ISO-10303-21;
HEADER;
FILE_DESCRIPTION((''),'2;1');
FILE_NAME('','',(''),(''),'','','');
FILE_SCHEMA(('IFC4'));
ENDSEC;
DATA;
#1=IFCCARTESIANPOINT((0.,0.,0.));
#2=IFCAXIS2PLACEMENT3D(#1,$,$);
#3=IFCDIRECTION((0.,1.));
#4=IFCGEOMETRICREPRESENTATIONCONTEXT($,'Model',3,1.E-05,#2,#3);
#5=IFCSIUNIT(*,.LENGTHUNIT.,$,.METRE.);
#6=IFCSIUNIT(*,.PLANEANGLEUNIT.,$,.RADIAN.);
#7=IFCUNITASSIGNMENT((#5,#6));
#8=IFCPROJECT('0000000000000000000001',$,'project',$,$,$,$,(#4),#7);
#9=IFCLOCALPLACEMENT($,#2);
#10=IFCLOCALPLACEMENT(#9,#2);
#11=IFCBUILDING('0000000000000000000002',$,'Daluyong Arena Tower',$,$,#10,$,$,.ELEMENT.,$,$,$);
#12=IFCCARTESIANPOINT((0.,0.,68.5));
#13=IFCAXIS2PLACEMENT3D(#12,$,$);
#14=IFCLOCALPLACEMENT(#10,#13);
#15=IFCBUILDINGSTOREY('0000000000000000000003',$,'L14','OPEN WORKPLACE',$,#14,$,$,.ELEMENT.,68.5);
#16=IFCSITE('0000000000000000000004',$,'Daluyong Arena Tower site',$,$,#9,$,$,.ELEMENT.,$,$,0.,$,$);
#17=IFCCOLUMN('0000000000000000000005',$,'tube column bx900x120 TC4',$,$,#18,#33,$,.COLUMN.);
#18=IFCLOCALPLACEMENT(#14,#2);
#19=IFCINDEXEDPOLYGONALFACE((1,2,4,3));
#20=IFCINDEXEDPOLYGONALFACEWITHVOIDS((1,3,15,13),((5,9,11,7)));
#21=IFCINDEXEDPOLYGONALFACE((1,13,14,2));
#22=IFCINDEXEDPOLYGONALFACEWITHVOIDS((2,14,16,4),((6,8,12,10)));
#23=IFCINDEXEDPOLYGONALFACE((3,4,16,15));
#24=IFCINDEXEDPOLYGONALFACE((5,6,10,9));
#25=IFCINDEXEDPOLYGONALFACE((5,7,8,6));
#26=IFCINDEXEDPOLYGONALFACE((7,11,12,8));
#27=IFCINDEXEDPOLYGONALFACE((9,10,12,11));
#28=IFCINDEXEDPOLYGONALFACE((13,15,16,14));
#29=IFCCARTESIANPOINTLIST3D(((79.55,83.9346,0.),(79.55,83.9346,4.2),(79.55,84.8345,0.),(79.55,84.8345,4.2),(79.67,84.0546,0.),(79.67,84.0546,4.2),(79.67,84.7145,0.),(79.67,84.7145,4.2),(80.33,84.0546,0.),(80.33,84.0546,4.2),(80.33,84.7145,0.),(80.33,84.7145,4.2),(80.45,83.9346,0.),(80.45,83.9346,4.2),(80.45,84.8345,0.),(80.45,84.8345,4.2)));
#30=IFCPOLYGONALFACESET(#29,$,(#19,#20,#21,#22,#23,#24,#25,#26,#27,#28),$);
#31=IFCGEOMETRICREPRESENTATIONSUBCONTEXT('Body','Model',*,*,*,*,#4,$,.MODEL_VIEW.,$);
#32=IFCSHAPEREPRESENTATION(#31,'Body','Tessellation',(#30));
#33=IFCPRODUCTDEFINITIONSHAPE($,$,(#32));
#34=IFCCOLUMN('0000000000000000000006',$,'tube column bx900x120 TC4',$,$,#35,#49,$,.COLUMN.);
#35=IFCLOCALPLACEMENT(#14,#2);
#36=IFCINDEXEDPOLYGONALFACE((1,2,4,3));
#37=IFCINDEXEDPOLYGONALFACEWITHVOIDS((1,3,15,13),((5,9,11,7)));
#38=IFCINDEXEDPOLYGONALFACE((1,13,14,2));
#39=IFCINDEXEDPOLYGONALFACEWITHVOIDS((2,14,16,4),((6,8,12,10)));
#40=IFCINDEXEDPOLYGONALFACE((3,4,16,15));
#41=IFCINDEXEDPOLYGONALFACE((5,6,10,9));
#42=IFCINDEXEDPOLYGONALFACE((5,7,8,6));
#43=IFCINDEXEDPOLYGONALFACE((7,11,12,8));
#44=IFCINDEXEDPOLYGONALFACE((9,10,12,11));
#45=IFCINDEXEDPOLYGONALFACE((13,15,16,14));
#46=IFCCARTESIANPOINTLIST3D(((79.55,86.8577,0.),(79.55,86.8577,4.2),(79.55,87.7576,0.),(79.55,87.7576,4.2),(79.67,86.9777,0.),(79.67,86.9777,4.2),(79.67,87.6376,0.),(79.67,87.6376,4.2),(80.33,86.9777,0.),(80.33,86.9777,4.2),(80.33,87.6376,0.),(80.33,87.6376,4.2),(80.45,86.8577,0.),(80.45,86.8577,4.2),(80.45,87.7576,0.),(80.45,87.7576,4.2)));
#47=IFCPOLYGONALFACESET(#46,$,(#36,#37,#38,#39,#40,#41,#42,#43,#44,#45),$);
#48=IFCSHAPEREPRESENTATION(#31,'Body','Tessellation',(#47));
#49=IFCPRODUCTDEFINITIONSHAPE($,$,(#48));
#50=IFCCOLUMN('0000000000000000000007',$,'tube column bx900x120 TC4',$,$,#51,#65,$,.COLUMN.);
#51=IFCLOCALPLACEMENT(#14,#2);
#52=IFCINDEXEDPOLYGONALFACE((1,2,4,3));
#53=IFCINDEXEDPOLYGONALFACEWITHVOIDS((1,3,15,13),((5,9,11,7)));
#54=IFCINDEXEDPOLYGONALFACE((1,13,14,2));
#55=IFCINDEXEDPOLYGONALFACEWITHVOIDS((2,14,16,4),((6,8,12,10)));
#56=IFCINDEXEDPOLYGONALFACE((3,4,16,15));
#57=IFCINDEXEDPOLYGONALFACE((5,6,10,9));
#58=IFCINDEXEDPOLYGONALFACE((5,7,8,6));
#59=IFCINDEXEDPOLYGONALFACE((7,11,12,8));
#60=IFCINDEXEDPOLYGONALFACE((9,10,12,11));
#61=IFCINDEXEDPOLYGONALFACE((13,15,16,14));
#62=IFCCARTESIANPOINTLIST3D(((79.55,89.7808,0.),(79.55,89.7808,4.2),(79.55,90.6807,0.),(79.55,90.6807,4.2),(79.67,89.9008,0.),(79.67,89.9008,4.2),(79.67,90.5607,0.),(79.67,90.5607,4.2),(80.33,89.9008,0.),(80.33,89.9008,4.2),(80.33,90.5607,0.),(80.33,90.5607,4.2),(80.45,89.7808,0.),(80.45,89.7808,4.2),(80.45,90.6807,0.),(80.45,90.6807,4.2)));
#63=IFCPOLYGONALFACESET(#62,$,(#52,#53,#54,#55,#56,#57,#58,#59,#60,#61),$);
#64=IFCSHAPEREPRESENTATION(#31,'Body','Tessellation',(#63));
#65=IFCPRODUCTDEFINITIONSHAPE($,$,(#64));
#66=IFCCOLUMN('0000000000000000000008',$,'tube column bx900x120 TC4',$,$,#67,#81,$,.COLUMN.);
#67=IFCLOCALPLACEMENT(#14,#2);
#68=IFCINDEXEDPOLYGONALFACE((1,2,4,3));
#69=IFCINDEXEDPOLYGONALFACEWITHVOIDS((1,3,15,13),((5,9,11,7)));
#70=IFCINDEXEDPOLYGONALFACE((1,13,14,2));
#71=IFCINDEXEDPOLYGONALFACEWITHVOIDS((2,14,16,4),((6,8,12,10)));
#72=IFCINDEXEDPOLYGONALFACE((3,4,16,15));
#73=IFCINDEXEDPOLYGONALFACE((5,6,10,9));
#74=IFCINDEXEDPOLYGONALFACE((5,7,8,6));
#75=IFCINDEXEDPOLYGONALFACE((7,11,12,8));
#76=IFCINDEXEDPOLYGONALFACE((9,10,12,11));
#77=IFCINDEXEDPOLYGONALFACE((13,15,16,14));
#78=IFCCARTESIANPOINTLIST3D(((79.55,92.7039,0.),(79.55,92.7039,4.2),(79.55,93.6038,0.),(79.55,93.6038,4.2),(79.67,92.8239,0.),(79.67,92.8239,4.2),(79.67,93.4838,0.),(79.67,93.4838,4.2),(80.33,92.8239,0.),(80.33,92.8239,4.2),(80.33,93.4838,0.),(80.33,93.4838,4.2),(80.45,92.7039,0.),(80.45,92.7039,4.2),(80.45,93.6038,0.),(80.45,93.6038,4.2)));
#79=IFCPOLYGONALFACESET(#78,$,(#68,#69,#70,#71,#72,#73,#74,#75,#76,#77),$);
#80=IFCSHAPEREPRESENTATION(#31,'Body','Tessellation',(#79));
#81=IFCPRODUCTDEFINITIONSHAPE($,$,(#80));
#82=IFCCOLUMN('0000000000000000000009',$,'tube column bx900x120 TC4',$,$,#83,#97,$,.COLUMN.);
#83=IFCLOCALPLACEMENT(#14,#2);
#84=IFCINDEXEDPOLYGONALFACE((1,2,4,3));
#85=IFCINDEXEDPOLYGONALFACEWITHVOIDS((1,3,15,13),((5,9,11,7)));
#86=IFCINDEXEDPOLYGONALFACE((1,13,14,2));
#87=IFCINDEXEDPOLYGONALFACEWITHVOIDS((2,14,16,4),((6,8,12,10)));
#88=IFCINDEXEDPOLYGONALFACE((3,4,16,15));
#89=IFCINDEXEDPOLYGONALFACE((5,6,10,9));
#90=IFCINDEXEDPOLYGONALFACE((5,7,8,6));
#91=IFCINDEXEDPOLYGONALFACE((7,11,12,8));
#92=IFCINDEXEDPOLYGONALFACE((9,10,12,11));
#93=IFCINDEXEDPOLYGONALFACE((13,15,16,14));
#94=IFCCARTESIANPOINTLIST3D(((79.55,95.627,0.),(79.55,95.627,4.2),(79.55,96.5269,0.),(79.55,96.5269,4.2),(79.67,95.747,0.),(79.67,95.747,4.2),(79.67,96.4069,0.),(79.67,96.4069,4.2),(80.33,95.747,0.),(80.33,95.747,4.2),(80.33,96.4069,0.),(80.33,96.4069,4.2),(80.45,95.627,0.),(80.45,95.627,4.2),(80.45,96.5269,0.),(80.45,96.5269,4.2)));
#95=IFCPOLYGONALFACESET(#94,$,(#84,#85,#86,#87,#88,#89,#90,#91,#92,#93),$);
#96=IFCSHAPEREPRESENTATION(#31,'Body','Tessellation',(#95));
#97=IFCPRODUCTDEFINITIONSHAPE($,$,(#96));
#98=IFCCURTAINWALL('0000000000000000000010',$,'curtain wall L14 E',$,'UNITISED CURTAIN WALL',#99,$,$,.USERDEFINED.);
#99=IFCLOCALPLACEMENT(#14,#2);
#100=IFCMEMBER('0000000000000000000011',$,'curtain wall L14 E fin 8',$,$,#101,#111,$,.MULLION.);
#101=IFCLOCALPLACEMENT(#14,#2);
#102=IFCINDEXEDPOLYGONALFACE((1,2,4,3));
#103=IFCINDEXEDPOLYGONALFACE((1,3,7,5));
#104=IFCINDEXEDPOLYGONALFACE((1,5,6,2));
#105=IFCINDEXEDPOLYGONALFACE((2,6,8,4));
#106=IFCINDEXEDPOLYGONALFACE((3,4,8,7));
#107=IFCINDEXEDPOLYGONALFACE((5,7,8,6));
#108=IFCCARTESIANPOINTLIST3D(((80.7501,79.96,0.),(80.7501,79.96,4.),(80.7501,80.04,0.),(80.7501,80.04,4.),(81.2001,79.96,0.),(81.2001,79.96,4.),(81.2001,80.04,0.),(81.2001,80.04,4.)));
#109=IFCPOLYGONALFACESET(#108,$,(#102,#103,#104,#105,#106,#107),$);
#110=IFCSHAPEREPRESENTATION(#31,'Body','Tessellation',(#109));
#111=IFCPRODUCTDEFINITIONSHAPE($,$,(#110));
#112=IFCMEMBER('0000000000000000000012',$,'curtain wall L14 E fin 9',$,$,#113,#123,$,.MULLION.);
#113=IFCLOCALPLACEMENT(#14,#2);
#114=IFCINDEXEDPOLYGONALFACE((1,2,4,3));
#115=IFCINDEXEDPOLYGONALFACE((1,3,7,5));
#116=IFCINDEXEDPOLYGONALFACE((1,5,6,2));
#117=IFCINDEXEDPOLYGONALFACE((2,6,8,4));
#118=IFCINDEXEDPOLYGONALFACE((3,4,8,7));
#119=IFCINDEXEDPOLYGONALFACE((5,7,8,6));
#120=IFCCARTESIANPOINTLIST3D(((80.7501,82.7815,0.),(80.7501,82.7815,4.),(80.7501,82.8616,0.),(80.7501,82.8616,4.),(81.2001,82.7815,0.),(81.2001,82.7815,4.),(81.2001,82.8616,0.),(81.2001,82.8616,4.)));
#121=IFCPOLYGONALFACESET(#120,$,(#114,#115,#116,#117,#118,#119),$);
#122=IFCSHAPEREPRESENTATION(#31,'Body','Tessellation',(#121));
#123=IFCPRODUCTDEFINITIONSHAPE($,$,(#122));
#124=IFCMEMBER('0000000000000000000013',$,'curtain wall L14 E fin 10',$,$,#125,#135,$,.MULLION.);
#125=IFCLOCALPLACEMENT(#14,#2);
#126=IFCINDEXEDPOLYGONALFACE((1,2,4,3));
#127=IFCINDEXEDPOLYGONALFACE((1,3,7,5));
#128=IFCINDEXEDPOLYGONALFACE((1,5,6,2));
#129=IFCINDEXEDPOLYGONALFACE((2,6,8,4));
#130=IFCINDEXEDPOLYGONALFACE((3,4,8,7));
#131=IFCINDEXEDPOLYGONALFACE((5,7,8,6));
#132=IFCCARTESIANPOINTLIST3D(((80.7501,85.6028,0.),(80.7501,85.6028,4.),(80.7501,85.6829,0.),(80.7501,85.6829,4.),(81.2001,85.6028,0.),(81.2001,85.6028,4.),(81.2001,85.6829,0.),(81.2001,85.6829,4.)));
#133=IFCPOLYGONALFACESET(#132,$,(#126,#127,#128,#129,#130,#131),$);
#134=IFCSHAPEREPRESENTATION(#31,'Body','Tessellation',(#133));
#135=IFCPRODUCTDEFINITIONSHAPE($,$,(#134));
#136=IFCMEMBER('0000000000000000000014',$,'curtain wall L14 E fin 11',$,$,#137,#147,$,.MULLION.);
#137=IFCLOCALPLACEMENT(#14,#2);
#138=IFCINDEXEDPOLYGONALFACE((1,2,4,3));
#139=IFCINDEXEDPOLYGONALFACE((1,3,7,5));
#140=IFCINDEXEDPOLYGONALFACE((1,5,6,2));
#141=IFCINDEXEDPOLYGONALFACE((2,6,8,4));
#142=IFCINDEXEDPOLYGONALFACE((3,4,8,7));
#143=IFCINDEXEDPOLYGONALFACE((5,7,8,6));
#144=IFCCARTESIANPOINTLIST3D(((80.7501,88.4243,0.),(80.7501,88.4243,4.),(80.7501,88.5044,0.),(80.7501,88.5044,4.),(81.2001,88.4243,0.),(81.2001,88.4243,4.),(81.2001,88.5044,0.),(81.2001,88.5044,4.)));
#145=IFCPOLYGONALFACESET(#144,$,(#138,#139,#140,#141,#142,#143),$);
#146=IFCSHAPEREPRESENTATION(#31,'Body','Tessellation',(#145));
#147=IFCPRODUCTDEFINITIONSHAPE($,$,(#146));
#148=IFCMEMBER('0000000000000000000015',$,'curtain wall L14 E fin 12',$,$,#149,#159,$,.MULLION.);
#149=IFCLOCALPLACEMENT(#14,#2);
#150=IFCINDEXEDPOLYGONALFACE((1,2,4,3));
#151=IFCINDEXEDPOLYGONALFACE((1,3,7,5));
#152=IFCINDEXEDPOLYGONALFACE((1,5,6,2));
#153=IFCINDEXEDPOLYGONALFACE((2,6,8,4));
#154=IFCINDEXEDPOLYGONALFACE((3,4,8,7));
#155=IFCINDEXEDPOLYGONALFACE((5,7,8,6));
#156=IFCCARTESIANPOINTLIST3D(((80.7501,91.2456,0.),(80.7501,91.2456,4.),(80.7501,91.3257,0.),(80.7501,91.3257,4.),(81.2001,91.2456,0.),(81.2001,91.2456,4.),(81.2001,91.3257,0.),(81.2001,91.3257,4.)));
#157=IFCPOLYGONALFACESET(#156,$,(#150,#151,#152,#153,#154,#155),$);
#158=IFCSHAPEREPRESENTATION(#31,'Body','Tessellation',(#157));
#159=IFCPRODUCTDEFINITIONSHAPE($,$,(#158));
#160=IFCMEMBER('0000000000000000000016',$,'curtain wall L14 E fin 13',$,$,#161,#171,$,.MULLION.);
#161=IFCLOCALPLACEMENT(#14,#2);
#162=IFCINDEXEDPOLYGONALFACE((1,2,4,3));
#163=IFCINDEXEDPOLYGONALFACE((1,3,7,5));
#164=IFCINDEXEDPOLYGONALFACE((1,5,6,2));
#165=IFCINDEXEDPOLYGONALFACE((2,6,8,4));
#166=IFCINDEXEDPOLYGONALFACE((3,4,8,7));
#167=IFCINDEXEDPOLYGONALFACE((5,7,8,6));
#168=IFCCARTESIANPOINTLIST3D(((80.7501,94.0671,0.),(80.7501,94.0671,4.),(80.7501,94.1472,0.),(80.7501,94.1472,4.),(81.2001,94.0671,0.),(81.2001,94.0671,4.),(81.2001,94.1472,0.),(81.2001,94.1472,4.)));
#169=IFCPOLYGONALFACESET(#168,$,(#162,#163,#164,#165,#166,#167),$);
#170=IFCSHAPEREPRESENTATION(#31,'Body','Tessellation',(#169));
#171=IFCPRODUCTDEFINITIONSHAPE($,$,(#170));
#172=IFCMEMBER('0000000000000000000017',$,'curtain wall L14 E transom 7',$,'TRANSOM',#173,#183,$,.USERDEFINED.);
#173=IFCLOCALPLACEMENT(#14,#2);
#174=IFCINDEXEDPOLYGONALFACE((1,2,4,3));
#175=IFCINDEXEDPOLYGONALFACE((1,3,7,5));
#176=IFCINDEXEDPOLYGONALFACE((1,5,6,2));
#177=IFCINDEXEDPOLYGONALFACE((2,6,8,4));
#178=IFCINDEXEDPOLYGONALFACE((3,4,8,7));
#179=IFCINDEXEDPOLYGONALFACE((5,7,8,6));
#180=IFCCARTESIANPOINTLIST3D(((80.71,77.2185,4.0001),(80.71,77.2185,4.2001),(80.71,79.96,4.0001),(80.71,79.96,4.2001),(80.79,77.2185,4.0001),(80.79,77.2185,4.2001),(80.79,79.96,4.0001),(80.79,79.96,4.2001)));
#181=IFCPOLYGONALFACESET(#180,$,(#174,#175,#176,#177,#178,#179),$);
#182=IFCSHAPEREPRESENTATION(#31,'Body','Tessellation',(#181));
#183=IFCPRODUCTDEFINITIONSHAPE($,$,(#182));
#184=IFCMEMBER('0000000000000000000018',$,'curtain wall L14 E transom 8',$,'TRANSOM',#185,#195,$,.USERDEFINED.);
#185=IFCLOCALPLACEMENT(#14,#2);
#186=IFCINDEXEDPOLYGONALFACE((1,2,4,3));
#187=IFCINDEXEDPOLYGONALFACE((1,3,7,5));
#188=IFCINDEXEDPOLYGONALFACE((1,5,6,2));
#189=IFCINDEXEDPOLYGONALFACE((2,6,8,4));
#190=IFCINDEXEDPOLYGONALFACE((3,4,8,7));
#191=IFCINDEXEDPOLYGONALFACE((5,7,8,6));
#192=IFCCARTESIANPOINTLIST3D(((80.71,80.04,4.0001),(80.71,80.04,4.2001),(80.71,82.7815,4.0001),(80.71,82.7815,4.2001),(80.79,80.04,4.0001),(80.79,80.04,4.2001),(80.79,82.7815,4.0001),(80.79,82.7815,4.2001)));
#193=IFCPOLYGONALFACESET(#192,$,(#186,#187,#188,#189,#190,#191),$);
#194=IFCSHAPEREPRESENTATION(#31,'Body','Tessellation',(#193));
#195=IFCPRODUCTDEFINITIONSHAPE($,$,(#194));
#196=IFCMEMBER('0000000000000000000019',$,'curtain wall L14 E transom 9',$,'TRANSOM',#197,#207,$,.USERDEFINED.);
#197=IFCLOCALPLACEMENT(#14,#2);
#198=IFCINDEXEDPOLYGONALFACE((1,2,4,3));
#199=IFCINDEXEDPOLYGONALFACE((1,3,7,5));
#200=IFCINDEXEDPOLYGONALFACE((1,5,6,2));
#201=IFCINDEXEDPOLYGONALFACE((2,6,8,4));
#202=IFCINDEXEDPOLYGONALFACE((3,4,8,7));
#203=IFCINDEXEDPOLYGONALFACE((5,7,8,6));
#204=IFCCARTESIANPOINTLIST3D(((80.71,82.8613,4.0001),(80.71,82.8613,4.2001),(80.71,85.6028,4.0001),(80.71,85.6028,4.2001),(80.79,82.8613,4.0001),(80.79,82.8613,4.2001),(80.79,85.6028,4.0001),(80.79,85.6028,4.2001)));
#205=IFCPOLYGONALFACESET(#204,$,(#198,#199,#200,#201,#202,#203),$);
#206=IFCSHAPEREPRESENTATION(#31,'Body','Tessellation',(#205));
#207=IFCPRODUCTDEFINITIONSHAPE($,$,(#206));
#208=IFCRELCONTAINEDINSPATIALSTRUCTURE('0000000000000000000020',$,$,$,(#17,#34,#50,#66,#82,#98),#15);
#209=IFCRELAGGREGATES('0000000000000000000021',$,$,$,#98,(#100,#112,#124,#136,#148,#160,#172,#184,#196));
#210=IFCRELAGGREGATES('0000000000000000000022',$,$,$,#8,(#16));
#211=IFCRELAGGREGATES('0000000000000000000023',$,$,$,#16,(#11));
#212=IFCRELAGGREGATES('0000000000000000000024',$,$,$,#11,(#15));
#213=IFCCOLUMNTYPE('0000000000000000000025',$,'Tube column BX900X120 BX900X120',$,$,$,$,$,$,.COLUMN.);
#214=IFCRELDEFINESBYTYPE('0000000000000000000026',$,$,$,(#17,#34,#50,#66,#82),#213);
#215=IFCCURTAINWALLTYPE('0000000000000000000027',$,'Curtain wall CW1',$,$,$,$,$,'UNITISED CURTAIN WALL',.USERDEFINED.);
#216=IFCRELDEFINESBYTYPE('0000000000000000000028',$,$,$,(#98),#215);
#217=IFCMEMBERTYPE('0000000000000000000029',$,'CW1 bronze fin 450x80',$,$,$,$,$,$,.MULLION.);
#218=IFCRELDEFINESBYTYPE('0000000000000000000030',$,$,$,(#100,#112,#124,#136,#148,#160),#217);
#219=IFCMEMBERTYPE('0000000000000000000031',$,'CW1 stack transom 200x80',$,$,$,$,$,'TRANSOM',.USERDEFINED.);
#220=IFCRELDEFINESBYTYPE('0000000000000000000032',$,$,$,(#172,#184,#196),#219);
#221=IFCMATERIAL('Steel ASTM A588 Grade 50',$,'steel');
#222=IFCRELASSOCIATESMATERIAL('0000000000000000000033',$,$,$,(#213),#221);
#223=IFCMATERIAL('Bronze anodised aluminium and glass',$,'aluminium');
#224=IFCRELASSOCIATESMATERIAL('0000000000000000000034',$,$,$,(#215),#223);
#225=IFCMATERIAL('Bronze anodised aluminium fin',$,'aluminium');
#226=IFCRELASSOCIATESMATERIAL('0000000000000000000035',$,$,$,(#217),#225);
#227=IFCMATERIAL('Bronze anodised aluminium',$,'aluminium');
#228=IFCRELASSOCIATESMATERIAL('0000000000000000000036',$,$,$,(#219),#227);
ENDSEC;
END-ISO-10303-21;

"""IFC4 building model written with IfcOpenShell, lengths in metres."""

from ifc_helpers import new_model, si_unit, direction, frame, origin, origin_2d, place, context, subcontext, project, spatial, rectangle, hollow_rectangle, extrude, material, material_profile, profile_set, type_object, element, aggregate, save


model = new_model("IFC4")

# Units and contexts
model_context = context("Model", 3, precision=1e-05, world=origin(), true_north=direction((0.0, 1.0)))
body_context = subcontext(model_context, "Body", "Model", "MODEL_VIEW")
ifc_project = project(units=[si_unit("LENGTHUNIT", "METRE"), si_unit("PLANEANGLEUNIT", "RADIAN")], contexts=[model_context])

# Site, building, storey
site_placement = place(None, origin())
site = spatial("IfcSite", under=ifc_project, at=site_placement, Name="Daluyong Arena Tower site", CompositionType="ELEMENT", RefElevation=0.0)
building_placement = place(site_placement, origin())
building = spatial("IfcBuilding", under=site, at=building_placement, Name="Daluyong Arena Tower", CompositionType="ELEMENT")
storey_placement = place(building_placement, frame((0.0, 0.0, 68.5)))
storey = spatial("IfcBuildingStorey", under=building, at=storey_placement, Name="L14", Description="OPEN WORKPLACE", CompositionType="ELEMENT", Elevation=68.5)

# Columns
ifc_material_1 = material(Name="Steel ASTM A588 Grade 50", Category="steel")
ifc_material_profile_1 = material_profile(ifc_material_1, hollow_rectangle(XDim=0.8999, YDim=0.8999, WallThickness=0.12, at=origin_2d()))
ifc_profile_set_1 = profile_set([ifc_material_profile_1], Name="Steel ASTM A588 Grade 50")
column_type = type_object("IfcColumnType", Name="Tube column BX900X120 BX900X120", PredefinedType="COLUMN", material=ifc_profile_set_1)
for number, where, z_axis, x_axis, name in (
    (1, (80.0, 84.3845, 0.0), (0.0, 0.0, 1.0), (0.0, 1.0, 0.0), "tube column bx900x120 TC4"),
    (2, (80.0, 87.3076, 0.0), (0.0, 0.0, 1.0), (0.0, 1.0, 0.0), "tube column bx900x120 TC4"),
    (3, (80.0, 90.2307, 0.0), (0.0, 0.0, 1.0), (0.0, 1.0, 0.0), "tube column bx900x120 TC4"),
    (4, (80.0, 93.1538, 0.0), (0.0, 0.0, 1.0), (0.0, 1.0, 0.0), "tube column bx900x120 TC4"),
    (5, (80.0, 96.0769, 0.0), (0.0, 0.0, 1.0), (0.0, 1.0, 0.0), "tube column bx900x120 TC4"),
):
    element("IfcColumn", number, at=place(storey_placement, frame(where, z_axis=z_axis, x_axis=x_axis)), inside=storey, type_object=column_type, Name=name, PredefinedType="COLUMN", context=body_context, shape_type="SweptSolid", body=[
        extrude(hollow_rectangle(XDim=0.8999, YDim=0.8999, WallThickness=0.12, at=origin_2d()), origin(), (0.0, 0.0, 1.0), 4.2),
    ])

# Curtain wall, members
ifc_material_2 = material(Name="Bronze anodised aluminium and glass", Category="aluminium")
curtain_wall_type = type_object("IfcCurtainWallType", Name="Curtain wall CW1", ElementType="UNITISED CURTAIN WALL", PredefinedType="USERDEFINED", material=ifc_material_2)
curtain_wall_placement = place(storey_placement, origin())
curtain_wall = element("IfcCurtainWall", 6, at=curtain_wall_placement, inside=storey, type_object=curtain_wall_type, Name="curtain wall L14 E", ObjectType="UNITISED CURTAIN WALL", PredefinedType="USERDEFINED")
ifc_material_3 = material(Name="Bronze anodised aluminium fin", Category="aluminium")
ifc_material_profile_2 = material_profile(ifc_material_3, rectangle(XDim=0.45, YDim=0.0801, at=origin_2d()))
ifc_profile_set_2 = profile_set([ifc_material_profile_2], Name="Bronze anodised aluminium fin")
member_type_1 = type_object("IfcMemberType", Name="CW1 bronze fin 450x80", PredefinedType="MULLION", material=ifc_profile_set_2)
member_1_placement = place(storey_placement, frame((80.9751, 80.0, 0.0), z_axis=(0.0, 0.0, 1.0), x_axis=(-1.0, 0.0, 0.0)))
member_1 = element("IfcMember", 7, at=member_1_placement, type_object=member_type_1, Name="curtain wall L14 E fin 8", PredefinedType="MULLION", context=body_context, shape_type="SweptSolid", body=[
    extrude(rectangle(XDim=0.45, YDim=0.0801, at=origin_2d()), origin(), (0.0, 0.0, 1.0), 4.0),
])
member_2_placement = place(storey_placement, frame((80.9751, 82.8215, 0.0), z_axis=(0.0, 0.0, 1.0), x_axis=(-1.0, 0.0, 0.0)))
member_2 = element("IfcMember", 8, at=member_2_placement, type_object=member_type_1, Name="curtain wall L14 E fin 9", PredefinedType="MULLION", context=body_context, shape_type="SweptSolid", body=[
    extrude(rectangle(XDim=0.45, YDim=0.0801, at=origin_2d()), origin(), (0.0, 0.0, 1.0), 4.0),
])
member_3_placement = place(storey_placement, frame((80.9751, 85.6428, 0.0), z_axis=(0.0, 0.0, 1.0), x_axis=(-1.0, 0.0, 0.0)))
member_3 = element("IfcMember", 9, at=member_3_placement, type_object=member_type_1, Name="curtain wall L14 E fin 10", PredefinedType="MULLION", context=body_context, shape_type="SweptSolid", body=[
    extrude(rectangle(XDim=0.45, YDim=0.0801, at=origin_2d()), origin(), (0.0, 0.0, 1.0), 4.0),
])
member_4_placement = place(storey_placement, frame((80.9751, 88.4644, 0.0), z_axis=(0.0, 0.0, 1.0), x_axis=(-1.0, 0.0, 0.0)))
member_4 = element("IfcMember", 10, at=member_4_placement, type_object=member_type_1, Name="curtain wall L14 E fin 11", PredefinedType="MULLION", context=body_context, shape_type="SweptSolid", body=[
    extrude(rectangle(XDim=0.45, YDim=0.0801, at=origin_2d()), origin(), (0.0, 0.0, 1.0), 4.0),
])
member_5_placement = place(storey_placement, frame((80.9751, 91.2856, 0.0), z_axis=(0.0, 0.0, 1.0), x_axis=(-1.0, 0.0, 0.0)))
member_5 = element("IfcMember", 11, at=member_5_placement, type_object=member_type_1, Name="curtain wall L14 E fin 12", PredefinedType="MULLION", context=body_context, shape_type="SweptSolid", body=[
    extrude(rectangle(XDim=0.45, YDim=0.0801, at=origin_2d()), origin(), (0.0, 0.0, 1.0), 4.0),
])
member_6_placement = place(storey_placement, frame((80.9751, 94.1072, 0.0), z_axis=(0.0, 0.0, 1.0), x_axis=(-1.0, 0.0, 0.0)))
member_6 = element("IfcMember", 12, at=member_6_placement, type_object=member_type_1, Name="curtain wall L14 E fin 13", PredefinedType="MULLION", context=body_context, shape_type="SweptSolid", body=[
    extrude(rectangle(XDim=0.45, YDim=0.0801, at=origin_2d()), origin(), (0.0, 0.0, 1.0), 4.0),
])
ifc_material_4 = material(Name="Bronze anodised aluminium", Category="aluminium")
ifc_material_profile_3 = material_profile(ifc_material_4, rectangle(XDim=0.0801, YDim=0.2, at=origin_2d()))
ifc_profile_set_3 = profile_set([ifc_material_profile_3], Name="Bronze anodised aluminium")
member_type_2 = type_object("IfcMemberType", Name="CW1 stack transom 200x80", ElementType="TRANSOM", PredefinedType="USERDEFINED", material=ifc_profile_set_3)
member_7_placement = place(storey_placement, frame((80.75, 77.2185, 4.1001), z_axis=(0.0, 1.0, 0.0), x_axis=(-1.0, 0.0, 0.0)))
member_7 = element("IfcMember", 13, at=member_7_placement, type_object=member_type_2, Name="curtain wall L14 E transom 7", ObjectType="TRANSOM", PredefinedType="USERDEFINED", context=body_context, shape_type="SweptSolid", body=[
    extrude(rectangle(XDim=0.0801, YDim=0.2, at=origin_2d()), origin(), (0.0, 0.0, 1.0), 2.7415),
])
member_8_placement = place(storey_placement, frame((80.75, 80.04, 4.1001), z_axis=(0.0, 1.0, 0.0), x_axis=(-1.0, 0.0, 0.0)))
member_8 = element("IfcMember", 14, at=member_8_placement, type_object=member_type_2, Name="curtain wall L14 E transom 8", ObjectType="TRANSOM", PredefinedType="USERDEFINED", context=body_context, shape_type="SweptSolid", body=[
    extrude(rectangle(XDim=0.0801, YDim=0.2, at=origin_2d()), origin(), (0.0, 0.0, 1.0), 2.7415),
])
member_9_placement = place(storey_placement, frame((80.75, 82.8613, 4.1001), z_axis=(0.0, 1.0, 0.0), x_axis=(-1.0, 0.0, 0.0)))
member_9 = element("IfcMember", 15, at=member_9_placement, type_object=member_type_2, Name="curtain wall L14 E transom 9", ObjectType="TRANSOM", PredefinedType="USERDEFINED", context=body_context, shape_type="SweptSolid", body=[
    extrude(rectangle(XDim=0.0801, YDim=0.2, at=origin_2d()), origin(), (0.0, 0.0, 1.0), 2.7415),
])

aggregate(curtain_wall, [member_1, member_2, member_3, member_4, member_5, member_6, member_7, member_8, member_9])

save(model, "model.ifc")
